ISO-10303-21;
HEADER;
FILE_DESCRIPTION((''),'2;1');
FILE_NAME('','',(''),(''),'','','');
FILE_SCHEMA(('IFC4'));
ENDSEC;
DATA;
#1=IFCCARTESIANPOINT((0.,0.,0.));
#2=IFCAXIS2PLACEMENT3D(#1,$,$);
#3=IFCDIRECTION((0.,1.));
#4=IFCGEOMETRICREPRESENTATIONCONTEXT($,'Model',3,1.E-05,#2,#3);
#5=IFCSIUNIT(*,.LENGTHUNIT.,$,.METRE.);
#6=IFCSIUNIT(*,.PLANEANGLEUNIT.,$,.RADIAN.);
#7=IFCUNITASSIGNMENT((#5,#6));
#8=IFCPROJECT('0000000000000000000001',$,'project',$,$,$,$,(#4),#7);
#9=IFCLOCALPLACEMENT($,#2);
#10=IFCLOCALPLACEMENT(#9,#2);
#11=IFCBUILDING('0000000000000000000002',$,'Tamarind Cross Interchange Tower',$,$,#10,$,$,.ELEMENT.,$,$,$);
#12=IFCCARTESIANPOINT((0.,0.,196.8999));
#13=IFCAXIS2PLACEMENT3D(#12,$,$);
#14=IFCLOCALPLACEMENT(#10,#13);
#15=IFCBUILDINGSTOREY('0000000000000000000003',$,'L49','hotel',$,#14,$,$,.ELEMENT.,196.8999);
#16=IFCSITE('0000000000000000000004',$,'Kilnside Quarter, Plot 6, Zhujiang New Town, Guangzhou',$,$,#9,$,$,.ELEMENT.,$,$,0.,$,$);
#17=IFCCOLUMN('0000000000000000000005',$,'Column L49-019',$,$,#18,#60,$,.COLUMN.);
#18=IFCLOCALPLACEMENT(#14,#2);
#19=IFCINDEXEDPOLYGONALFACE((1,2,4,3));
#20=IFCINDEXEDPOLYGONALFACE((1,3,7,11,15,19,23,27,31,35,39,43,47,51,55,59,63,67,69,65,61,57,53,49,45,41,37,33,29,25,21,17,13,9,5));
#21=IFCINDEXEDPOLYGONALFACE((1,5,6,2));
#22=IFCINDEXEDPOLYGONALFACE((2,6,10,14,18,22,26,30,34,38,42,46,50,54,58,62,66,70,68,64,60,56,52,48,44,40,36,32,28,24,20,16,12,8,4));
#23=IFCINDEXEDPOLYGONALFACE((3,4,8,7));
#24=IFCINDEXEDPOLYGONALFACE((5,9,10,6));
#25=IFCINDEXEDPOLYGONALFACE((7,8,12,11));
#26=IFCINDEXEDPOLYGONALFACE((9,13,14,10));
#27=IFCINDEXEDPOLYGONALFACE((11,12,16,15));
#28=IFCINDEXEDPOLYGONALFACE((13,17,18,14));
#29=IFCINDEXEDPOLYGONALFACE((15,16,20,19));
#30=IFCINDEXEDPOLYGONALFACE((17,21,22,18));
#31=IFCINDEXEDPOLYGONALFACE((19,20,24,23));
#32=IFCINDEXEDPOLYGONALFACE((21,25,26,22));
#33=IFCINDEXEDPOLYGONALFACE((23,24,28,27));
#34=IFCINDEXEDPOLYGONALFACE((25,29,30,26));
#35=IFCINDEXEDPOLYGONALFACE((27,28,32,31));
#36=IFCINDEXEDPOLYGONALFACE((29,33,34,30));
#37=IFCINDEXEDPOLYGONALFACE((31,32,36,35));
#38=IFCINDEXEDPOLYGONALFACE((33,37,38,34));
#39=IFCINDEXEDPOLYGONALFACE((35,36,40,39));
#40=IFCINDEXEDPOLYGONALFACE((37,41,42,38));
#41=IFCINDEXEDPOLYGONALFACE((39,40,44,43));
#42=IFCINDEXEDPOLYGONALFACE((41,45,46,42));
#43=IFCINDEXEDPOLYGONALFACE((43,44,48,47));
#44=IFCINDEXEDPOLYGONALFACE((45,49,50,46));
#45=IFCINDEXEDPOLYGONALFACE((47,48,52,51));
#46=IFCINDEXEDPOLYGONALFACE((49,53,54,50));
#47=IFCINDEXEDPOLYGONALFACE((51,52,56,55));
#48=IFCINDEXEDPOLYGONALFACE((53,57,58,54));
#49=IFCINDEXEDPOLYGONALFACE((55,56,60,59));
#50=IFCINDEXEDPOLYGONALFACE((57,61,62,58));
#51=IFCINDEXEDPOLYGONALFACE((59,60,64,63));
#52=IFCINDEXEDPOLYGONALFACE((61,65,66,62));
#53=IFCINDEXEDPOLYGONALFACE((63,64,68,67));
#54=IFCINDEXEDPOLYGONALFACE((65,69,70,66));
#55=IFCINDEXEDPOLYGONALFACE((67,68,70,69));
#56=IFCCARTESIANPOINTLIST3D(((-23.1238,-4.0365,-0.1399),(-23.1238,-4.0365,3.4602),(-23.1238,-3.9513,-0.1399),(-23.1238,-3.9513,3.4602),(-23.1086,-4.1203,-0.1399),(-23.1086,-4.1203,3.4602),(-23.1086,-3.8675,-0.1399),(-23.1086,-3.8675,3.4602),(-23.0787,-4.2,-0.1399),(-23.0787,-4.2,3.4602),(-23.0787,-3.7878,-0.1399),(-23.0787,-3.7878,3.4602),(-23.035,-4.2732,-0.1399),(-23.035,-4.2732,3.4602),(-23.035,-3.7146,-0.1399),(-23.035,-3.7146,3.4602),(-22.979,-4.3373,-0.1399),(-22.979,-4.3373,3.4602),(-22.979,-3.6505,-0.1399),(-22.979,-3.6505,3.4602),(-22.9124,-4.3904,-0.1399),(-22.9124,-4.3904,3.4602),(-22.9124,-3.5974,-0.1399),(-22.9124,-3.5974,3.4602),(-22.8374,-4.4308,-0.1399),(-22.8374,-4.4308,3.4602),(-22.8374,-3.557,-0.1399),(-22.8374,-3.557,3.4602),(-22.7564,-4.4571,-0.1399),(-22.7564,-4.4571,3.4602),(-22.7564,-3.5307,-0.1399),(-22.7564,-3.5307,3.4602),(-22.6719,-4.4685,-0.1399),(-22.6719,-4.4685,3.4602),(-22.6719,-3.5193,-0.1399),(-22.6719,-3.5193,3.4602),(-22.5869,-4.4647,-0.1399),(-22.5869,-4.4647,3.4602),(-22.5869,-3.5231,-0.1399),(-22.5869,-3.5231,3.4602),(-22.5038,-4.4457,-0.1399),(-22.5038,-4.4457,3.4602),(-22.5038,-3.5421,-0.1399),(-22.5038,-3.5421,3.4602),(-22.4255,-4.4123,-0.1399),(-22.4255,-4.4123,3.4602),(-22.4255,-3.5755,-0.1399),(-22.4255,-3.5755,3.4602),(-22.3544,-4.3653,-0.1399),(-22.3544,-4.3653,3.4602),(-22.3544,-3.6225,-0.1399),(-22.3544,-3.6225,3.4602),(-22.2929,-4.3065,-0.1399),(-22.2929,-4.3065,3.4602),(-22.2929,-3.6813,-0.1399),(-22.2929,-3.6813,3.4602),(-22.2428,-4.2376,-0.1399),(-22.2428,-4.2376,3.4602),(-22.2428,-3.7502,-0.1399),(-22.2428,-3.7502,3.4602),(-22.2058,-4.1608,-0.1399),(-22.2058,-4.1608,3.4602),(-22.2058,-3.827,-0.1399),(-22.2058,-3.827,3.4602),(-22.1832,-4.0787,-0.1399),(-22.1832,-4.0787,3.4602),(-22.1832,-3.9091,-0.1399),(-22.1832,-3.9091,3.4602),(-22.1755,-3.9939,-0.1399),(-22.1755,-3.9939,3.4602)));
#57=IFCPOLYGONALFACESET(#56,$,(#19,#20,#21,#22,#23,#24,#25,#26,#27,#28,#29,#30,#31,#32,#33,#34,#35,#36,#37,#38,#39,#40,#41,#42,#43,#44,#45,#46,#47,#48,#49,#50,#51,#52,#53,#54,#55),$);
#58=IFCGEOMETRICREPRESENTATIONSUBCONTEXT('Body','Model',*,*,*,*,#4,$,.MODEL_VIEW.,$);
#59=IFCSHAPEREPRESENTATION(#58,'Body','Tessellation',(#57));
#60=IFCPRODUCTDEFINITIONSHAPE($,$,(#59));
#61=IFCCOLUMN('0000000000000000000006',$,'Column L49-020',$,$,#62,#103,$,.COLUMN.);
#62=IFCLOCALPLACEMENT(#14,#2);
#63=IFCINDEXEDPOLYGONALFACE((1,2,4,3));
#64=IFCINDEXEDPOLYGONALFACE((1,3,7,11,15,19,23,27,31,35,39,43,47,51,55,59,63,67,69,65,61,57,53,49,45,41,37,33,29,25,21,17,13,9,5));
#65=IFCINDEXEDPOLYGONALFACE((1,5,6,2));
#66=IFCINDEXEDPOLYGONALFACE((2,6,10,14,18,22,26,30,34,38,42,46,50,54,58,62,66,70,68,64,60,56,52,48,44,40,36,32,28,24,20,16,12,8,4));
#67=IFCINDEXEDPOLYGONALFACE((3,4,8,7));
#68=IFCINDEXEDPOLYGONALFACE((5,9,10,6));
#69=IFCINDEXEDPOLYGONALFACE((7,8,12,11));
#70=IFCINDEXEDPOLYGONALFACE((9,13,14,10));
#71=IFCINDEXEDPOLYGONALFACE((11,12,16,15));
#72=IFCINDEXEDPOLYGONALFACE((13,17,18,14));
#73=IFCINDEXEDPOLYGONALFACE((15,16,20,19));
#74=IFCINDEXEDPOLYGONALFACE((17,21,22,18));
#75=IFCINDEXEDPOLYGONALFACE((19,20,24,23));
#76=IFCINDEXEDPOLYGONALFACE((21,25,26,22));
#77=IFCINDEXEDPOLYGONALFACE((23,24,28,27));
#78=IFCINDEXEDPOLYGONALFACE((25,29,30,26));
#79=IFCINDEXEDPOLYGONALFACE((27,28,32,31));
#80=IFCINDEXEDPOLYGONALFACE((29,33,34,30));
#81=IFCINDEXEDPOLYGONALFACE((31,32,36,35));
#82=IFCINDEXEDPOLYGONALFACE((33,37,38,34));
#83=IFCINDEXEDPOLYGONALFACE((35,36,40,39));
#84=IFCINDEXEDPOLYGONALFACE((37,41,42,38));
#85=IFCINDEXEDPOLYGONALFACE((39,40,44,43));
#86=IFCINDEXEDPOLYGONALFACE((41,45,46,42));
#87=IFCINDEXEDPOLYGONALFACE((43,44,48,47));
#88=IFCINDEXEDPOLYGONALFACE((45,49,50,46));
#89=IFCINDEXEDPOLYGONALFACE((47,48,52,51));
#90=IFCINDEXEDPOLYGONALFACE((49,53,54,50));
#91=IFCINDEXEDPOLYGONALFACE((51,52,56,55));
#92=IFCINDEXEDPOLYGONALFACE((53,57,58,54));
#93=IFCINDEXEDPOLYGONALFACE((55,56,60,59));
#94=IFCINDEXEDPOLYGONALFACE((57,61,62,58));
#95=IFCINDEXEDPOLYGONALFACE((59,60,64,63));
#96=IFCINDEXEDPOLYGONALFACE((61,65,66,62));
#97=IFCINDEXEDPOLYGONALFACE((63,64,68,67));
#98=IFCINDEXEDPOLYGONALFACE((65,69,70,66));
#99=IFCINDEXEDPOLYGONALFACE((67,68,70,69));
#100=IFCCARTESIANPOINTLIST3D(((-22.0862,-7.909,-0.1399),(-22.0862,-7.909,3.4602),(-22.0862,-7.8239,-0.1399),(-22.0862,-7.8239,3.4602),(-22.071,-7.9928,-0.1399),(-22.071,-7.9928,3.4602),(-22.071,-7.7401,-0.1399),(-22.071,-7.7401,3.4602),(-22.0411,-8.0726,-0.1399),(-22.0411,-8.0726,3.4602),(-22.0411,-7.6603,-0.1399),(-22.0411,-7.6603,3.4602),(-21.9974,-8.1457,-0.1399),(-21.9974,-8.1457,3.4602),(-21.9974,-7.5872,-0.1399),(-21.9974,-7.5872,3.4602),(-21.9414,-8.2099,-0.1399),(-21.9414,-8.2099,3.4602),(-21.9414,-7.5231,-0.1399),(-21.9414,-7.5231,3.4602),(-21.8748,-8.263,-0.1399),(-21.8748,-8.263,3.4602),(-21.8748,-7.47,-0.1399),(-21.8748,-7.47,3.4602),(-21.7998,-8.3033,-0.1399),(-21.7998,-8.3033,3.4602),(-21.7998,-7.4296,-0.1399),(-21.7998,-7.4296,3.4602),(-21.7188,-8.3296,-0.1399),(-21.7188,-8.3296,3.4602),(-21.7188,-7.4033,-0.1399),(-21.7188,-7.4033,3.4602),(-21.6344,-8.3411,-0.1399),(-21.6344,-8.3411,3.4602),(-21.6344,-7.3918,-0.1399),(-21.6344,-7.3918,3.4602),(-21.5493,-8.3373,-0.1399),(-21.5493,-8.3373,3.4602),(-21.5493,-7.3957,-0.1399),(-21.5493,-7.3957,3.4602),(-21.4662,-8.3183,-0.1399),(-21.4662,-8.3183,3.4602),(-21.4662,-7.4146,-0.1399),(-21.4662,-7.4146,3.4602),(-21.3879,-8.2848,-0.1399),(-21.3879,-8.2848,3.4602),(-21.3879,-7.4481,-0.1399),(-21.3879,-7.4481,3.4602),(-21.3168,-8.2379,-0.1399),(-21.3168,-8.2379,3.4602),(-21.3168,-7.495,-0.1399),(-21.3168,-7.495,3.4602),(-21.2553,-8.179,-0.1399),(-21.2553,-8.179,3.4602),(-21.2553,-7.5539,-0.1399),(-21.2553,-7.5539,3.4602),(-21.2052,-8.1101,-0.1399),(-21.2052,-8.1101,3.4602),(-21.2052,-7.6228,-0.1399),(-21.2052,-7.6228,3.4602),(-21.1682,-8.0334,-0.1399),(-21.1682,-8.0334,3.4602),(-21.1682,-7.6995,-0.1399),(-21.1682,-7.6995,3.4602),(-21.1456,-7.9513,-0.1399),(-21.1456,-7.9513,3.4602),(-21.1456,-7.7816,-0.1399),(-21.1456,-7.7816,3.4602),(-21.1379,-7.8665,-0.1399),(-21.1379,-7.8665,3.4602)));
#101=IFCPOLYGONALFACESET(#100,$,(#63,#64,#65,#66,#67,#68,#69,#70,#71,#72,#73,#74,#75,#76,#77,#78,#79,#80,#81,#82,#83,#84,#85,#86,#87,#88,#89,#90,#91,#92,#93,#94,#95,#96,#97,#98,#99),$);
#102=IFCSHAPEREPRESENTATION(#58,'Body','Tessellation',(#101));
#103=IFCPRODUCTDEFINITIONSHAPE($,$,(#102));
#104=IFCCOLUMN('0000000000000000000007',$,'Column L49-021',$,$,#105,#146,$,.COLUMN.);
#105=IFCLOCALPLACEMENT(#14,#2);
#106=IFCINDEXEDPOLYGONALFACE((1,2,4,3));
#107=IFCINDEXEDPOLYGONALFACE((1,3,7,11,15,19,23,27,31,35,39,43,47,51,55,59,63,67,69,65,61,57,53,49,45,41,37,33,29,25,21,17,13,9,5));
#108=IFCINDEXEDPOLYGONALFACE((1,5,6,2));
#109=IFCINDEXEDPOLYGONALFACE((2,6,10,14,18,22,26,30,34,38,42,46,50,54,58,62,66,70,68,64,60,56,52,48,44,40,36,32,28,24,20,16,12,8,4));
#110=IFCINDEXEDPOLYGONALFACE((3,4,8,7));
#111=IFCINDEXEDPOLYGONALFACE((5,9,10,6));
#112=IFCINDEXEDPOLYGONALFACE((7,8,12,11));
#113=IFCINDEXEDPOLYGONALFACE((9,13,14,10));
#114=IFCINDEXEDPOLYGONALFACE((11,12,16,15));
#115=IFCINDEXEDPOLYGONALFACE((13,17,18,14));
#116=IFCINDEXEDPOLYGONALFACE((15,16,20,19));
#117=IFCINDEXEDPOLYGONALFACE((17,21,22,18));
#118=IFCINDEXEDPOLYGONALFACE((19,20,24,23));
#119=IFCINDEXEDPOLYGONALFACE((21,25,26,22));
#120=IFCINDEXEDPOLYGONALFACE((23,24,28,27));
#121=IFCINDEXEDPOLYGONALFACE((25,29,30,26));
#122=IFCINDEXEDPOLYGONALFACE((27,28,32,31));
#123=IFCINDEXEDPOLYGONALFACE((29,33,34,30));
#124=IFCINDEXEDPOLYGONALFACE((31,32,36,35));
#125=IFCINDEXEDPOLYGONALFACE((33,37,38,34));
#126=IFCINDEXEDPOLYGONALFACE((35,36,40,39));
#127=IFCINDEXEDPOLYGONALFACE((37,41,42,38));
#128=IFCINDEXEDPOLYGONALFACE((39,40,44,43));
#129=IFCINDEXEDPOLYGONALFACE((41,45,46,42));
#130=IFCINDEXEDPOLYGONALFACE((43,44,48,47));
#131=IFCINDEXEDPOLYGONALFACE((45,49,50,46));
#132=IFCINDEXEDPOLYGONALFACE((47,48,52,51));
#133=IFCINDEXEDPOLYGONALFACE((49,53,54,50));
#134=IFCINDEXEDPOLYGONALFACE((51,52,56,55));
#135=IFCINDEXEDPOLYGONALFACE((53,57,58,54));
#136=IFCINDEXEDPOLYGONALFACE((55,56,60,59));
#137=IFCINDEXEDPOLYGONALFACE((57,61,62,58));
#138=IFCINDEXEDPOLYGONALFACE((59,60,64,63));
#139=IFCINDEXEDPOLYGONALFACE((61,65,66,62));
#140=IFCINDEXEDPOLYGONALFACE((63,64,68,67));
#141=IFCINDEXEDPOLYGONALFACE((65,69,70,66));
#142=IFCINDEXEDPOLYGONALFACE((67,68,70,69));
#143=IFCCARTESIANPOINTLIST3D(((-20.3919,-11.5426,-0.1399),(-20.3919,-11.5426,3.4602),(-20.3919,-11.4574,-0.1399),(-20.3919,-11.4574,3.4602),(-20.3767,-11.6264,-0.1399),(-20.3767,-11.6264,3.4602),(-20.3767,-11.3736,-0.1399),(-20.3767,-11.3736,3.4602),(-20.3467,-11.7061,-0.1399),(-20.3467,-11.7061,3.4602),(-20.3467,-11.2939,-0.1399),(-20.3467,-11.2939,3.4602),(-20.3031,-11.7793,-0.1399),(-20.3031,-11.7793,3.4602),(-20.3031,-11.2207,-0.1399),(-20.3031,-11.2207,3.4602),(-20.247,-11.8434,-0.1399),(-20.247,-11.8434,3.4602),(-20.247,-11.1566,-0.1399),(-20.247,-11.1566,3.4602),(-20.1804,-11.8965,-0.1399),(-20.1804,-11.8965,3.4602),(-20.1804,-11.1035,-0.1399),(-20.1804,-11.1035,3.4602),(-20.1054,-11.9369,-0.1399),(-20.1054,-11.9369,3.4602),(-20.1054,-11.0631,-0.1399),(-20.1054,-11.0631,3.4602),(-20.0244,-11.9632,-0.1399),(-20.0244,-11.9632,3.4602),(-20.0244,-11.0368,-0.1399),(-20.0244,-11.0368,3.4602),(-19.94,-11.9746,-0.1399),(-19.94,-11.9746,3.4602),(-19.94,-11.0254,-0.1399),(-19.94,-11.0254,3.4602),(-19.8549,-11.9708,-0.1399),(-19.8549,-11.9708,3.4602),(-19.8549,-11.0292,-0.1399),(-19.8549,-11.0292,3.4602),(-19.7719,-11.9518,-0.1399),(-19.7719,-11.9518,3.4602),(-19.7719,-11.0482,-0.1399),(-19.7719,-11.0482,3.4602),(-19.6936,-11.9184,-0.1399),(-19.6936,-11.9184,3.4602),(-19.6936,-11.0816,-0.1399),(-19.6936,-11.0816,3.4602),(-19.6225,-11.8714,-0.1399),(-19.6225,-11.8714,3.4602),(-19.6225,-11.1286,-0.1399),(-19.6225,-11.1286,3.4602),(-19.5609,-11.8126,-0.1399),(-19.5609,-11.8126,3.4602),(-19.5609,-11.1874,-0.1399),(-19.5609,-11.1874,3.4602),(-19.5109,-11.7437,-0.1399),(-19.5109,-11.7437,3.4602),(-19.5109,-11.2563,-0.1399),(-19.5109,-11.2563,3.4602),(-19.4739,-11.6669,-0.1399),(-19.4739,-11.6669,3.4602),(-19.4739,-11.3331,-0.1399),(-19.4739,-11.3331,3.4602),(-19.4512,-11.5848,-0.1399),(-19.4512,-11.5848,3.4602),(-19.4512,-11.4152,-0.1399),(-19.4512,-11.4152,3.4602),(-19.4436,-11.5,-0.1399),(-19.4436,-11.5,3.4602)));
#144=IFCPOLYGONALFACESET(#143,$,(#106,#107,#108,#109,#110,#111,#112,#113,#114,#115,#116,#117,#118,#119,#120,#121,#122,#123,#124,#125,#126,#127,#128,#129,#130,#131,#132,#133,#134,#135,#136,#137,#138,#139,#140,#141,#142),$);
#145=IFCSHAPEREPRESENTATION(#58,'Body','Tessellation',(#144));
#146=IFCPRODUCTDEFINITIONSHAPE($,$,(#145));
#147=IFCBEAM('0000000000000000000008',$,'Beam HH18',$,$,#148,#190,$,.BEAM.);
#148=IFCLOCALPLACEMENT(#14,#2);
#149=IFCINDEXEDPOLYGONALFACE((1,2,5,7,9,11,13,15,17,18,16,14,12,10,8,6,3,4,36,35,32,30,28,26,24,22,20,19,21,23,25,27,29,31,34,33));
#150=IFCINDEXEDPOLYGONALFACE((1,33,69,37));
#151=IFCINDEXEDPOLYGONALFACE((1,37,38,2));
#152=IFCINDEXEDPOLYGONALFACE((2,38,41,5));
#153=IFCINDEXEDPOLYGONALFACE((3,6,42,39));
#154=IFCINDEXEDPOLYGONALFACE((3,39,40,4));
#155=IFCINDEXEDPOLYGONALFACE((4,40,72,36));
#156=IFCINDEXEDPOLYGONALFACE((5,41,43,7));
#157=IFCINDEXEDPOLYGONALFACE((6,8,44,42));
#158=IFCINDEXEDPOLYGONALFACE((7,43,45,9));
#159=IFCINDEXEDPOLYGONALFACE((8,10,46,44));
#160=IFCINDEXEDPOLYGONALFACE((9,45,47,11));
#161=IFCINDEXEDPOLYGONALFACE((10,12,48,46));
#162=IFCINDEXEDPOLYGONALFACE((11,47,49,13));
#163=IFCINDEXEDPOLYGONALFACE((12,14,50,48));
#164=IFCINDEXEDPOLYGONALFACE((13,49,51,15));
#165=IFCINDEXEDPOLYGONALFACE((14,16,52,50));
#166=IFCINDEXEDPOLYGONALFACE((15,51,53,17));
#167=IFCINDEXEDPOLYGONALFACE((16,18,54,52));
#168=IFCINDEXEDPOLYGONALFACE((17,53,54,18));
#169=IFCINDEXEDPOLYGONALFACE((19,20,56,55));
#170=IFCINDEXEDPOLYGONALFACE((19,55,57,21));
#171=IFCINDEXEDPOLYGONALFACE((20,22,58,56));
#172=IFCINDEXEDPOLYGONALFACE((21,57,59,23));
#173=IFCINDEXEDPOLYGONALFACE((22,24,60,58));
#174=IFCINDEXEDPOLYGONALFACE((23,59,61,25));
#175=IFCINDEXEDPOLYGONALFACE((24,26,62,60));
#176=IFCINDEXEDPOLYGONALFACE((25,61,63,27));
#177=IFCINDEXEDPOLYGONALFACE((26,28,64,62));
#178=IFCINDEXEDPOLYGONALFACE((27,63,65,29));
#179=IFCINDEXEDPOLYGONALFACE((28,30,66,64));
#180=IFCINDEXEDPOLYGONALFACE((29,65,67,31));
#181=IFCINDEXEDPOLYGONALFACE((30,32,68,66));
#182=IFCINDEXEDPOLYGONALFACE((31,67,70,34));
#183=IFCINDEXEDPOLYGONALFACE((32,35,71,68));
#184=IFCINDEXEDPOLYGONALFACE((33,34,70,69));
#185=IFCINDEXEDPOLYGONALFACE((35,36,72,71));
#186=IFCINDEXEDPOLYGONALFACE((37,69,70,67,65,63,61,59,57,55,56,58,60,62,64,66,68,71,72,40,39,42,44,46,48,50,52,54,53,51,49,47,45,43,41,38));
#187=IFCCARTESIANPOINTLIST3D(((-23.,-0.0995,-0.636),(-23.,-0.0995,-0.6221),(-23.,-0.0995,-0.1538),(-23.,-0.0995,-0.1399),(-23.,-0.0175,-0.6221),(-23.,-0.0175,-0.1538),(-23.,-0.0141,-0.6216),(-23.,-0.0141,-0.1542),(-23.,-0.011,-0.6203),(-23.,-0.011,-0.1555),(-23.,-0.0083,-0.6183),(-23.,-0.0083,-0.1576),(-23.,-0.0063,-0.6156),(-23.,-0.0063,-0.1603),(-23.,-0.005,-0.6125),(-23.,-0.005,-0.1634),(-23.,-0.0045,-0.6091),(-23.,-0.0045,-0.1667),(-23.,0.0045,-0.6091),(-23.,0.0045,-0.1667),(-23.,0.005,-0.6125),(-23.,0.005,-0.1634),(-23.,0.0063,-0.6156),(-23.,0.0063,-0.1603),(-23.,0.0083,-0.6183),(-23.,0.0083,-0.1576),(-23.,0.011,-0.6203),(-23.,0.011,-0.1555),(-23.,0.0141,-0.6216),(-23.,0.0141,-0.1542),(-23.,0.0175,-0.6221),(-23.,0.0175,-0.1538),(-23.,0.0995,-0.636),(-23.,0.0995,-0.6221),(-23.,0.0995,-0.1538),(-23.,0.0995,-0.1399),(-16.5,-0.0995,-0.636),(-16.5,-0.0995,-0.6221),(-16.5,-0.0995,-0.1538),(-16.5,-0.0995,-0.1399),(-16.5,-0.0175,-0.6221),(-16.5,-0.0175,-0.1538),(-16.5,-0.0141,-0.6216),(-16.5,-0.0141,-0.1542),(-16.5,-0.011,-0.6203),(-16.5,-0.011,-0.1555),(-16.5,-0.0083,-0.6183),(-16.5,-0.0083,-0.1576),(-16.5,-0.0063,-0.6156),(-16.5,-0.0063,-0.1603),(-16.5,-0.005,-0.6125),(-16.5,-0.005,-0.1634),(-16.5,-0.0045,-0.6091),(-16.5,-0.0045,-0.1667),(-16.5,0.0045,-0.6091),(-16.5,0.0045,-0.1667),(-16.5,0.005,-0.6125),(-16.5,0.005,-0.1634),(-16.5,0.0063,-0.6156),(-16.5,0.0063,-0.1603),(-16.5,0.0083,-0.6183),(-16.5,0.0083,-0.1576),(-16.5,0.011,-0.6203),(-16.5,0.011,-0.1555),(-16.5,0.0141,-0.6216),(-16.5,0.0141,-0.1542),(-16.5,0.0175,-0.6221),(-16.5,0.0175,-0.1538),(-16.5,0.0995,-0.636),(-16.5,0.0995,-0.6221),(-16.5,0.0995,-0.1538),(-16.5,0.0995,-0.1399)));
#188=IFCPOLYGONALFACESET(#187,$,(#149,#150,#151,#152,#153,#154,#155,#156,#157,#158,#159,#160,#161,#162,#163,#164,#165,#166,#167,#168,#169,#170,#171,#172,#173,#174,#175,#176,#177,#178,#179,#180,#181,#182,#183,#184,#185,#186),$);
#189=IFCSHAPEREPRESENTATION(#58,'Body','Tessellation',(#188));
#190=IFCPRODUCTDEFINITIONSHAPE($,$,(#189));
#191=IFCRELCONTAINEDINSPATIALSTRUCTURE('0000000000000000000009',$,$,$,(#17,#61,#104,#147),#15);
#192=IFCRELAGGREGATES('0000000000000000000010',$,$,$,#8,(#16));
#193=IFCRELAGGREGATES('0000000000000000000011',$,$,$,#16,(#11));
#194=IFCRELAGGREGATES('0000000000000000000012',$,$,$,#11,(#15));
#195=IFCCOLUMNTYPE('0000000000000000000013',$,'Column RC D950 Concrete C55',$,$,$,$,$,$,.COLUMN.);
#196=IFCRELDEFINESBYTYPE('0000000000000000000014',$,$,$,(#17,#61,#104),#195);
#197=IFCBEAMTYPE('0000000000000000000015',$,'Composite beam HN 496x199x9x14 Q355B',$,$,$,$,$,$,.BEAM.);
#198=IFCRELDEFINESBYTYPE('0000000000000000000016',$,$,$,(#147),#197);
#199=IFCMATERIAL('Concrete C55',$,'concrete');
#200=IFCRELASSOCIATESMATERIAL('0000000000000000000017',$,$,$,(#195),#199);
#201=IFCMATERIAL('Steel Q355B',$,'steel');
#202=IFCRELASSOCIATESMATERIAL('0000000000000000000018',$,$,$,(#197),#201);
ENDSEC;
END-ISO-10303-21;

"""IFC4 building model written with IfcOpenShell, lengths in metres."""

from ifc_helpers import new_model, si_unit, direction, frame, origin, origin_2d, place, context, subcontext, project, spatial, circle, i_section, extrude, material, material_profile, profile_set, type_object, element, save


model = new_model("IFC4")

# Units and contexts
model_context = context("Model", 3, precision=1e-05, world=origin(), true_north=direction((0.0, 1.0)))
body_context = subcontext(model_context, "Body", "Model", "MODEL_VIEW")
ifc_project = project(units=[si_unit("LENGTHUNIT", "METRE"), si_unit("PLANEANGLEUNIT", "RADIAN")], contexts=[model_context])

# Site, building, storey
site_placement = place(None, origin())
site = spatial("IfcSite", under=ifc_project, at=site_placement, Name="Kilnside Quarter, Plot 6, Zhujiang New Town, Guangzhou", CompositionType="ELEMENT", RefElevation=0.0)
building_placement = place(site_placement, origin())
building = spatial("IfcBuilding", under=site, at=building_placement, Name="Tamarind Cross Interchange Tower", CompositionType="ELEMENT")
storey_placement = place(building_placement, frame((0.0, 0.0, 196.8999)))
storey = spatial("IfcBuildingStorey", under=building, at=storey_placement, Name="L49", Description="hotel", CompositionType="ELEMENT", Elevation=196.8999)

# Columns
ifc_material_1 = material(Name="Concrete C55", Category="concrete")
ifc_material_profile_1 = material_profile(ifc_material_1, circle(Radius=0.4751, at=origin_2d()), Name="RC D950")
ifc_profile_set_1 = profile_set([ifc_material_profile_1], Name="Concrete C55")
column_type = type_object("IfcColumnType", Name="Column RC D950 Concrete C55", PredefinedType="COLUMN", material=ifc_profile_set_1)
for number, where, z_axis, x_axis, name in (
    (1, (-22.6506, -3.9939, -0.1399), (0.0, 0.0, 1.0), (1.0, 0.0, 0.0), "Column L49-019"),
    (2, (-21.613, -7.8665, -0.1399), (0.0, 0.0, 1.0), (1.0, 0.0, 0.0), "Column L49-020"),
    (3, (-19.9187, -11.5, -0.1399), (0.0, 0.0, 1.0), (1.0, 0.0, 0.0), "Column L49-021"),
):
    element("IfcColumn", number, at=place(storey_placement, frame(where, z_axis=z_axis, x_axis=x_axis)), inside=storey, type_object=column_type, Name=name, PredefinedType="COLUMN", context=body_context, shape_type="SweptSolid", body=[
        extrude(circle(Radius=0.4751, at=origin_2d()), origin(), (0.0, 0.0, 1.0), 3.6001),
    ])

# Beam
ifc_material_2 = material(Name="Steel Q355B", Category="steel")
ifc_material_profile_2 = material_profile(ifc_material_2, i_section(OverallWidth=0.199, OverallDepth=0.4961, WebThickness=0.009, FlangeThickness=0.0139, FilletRadius=0.0129, at=origin_2d()), Name="HN 496x199x9x14")
ifc_profile_set_2 = profile_set([ifc_material_profile_2], Name="Steel Q355B")
beam_type = type_object("IfcBeamType", Name="Composite beam HN 496x199x9x14 Q355B", PredefinedType="BEAM", material=ifc_profile_set_2)
beam_1_placement = place(storey_placement, frame((-23.0, 0.0, -0.3879), z_axis=(1.0, 0.0, 0.0), x_axis=(0.0, 1.0, 0.0)))
element("IfcBeam", 4, at=beam_1_placement, inside=storey, type_object=beam_type, Name="Beam HH18", PredefinedType="BEAM", context=body_context, shape_type="SweptSolid", body=[
    extrude(i_section(OverallWidth=0.199, OverallDepth=0.4961, WebThickness=0.009, FlangeThickness=0.0139, FilletRadius=0.0129, at=origin_2d()), origin(), (0.0, 0.0, 1.0), 6.5),
])

save(model, "model.ifc")
